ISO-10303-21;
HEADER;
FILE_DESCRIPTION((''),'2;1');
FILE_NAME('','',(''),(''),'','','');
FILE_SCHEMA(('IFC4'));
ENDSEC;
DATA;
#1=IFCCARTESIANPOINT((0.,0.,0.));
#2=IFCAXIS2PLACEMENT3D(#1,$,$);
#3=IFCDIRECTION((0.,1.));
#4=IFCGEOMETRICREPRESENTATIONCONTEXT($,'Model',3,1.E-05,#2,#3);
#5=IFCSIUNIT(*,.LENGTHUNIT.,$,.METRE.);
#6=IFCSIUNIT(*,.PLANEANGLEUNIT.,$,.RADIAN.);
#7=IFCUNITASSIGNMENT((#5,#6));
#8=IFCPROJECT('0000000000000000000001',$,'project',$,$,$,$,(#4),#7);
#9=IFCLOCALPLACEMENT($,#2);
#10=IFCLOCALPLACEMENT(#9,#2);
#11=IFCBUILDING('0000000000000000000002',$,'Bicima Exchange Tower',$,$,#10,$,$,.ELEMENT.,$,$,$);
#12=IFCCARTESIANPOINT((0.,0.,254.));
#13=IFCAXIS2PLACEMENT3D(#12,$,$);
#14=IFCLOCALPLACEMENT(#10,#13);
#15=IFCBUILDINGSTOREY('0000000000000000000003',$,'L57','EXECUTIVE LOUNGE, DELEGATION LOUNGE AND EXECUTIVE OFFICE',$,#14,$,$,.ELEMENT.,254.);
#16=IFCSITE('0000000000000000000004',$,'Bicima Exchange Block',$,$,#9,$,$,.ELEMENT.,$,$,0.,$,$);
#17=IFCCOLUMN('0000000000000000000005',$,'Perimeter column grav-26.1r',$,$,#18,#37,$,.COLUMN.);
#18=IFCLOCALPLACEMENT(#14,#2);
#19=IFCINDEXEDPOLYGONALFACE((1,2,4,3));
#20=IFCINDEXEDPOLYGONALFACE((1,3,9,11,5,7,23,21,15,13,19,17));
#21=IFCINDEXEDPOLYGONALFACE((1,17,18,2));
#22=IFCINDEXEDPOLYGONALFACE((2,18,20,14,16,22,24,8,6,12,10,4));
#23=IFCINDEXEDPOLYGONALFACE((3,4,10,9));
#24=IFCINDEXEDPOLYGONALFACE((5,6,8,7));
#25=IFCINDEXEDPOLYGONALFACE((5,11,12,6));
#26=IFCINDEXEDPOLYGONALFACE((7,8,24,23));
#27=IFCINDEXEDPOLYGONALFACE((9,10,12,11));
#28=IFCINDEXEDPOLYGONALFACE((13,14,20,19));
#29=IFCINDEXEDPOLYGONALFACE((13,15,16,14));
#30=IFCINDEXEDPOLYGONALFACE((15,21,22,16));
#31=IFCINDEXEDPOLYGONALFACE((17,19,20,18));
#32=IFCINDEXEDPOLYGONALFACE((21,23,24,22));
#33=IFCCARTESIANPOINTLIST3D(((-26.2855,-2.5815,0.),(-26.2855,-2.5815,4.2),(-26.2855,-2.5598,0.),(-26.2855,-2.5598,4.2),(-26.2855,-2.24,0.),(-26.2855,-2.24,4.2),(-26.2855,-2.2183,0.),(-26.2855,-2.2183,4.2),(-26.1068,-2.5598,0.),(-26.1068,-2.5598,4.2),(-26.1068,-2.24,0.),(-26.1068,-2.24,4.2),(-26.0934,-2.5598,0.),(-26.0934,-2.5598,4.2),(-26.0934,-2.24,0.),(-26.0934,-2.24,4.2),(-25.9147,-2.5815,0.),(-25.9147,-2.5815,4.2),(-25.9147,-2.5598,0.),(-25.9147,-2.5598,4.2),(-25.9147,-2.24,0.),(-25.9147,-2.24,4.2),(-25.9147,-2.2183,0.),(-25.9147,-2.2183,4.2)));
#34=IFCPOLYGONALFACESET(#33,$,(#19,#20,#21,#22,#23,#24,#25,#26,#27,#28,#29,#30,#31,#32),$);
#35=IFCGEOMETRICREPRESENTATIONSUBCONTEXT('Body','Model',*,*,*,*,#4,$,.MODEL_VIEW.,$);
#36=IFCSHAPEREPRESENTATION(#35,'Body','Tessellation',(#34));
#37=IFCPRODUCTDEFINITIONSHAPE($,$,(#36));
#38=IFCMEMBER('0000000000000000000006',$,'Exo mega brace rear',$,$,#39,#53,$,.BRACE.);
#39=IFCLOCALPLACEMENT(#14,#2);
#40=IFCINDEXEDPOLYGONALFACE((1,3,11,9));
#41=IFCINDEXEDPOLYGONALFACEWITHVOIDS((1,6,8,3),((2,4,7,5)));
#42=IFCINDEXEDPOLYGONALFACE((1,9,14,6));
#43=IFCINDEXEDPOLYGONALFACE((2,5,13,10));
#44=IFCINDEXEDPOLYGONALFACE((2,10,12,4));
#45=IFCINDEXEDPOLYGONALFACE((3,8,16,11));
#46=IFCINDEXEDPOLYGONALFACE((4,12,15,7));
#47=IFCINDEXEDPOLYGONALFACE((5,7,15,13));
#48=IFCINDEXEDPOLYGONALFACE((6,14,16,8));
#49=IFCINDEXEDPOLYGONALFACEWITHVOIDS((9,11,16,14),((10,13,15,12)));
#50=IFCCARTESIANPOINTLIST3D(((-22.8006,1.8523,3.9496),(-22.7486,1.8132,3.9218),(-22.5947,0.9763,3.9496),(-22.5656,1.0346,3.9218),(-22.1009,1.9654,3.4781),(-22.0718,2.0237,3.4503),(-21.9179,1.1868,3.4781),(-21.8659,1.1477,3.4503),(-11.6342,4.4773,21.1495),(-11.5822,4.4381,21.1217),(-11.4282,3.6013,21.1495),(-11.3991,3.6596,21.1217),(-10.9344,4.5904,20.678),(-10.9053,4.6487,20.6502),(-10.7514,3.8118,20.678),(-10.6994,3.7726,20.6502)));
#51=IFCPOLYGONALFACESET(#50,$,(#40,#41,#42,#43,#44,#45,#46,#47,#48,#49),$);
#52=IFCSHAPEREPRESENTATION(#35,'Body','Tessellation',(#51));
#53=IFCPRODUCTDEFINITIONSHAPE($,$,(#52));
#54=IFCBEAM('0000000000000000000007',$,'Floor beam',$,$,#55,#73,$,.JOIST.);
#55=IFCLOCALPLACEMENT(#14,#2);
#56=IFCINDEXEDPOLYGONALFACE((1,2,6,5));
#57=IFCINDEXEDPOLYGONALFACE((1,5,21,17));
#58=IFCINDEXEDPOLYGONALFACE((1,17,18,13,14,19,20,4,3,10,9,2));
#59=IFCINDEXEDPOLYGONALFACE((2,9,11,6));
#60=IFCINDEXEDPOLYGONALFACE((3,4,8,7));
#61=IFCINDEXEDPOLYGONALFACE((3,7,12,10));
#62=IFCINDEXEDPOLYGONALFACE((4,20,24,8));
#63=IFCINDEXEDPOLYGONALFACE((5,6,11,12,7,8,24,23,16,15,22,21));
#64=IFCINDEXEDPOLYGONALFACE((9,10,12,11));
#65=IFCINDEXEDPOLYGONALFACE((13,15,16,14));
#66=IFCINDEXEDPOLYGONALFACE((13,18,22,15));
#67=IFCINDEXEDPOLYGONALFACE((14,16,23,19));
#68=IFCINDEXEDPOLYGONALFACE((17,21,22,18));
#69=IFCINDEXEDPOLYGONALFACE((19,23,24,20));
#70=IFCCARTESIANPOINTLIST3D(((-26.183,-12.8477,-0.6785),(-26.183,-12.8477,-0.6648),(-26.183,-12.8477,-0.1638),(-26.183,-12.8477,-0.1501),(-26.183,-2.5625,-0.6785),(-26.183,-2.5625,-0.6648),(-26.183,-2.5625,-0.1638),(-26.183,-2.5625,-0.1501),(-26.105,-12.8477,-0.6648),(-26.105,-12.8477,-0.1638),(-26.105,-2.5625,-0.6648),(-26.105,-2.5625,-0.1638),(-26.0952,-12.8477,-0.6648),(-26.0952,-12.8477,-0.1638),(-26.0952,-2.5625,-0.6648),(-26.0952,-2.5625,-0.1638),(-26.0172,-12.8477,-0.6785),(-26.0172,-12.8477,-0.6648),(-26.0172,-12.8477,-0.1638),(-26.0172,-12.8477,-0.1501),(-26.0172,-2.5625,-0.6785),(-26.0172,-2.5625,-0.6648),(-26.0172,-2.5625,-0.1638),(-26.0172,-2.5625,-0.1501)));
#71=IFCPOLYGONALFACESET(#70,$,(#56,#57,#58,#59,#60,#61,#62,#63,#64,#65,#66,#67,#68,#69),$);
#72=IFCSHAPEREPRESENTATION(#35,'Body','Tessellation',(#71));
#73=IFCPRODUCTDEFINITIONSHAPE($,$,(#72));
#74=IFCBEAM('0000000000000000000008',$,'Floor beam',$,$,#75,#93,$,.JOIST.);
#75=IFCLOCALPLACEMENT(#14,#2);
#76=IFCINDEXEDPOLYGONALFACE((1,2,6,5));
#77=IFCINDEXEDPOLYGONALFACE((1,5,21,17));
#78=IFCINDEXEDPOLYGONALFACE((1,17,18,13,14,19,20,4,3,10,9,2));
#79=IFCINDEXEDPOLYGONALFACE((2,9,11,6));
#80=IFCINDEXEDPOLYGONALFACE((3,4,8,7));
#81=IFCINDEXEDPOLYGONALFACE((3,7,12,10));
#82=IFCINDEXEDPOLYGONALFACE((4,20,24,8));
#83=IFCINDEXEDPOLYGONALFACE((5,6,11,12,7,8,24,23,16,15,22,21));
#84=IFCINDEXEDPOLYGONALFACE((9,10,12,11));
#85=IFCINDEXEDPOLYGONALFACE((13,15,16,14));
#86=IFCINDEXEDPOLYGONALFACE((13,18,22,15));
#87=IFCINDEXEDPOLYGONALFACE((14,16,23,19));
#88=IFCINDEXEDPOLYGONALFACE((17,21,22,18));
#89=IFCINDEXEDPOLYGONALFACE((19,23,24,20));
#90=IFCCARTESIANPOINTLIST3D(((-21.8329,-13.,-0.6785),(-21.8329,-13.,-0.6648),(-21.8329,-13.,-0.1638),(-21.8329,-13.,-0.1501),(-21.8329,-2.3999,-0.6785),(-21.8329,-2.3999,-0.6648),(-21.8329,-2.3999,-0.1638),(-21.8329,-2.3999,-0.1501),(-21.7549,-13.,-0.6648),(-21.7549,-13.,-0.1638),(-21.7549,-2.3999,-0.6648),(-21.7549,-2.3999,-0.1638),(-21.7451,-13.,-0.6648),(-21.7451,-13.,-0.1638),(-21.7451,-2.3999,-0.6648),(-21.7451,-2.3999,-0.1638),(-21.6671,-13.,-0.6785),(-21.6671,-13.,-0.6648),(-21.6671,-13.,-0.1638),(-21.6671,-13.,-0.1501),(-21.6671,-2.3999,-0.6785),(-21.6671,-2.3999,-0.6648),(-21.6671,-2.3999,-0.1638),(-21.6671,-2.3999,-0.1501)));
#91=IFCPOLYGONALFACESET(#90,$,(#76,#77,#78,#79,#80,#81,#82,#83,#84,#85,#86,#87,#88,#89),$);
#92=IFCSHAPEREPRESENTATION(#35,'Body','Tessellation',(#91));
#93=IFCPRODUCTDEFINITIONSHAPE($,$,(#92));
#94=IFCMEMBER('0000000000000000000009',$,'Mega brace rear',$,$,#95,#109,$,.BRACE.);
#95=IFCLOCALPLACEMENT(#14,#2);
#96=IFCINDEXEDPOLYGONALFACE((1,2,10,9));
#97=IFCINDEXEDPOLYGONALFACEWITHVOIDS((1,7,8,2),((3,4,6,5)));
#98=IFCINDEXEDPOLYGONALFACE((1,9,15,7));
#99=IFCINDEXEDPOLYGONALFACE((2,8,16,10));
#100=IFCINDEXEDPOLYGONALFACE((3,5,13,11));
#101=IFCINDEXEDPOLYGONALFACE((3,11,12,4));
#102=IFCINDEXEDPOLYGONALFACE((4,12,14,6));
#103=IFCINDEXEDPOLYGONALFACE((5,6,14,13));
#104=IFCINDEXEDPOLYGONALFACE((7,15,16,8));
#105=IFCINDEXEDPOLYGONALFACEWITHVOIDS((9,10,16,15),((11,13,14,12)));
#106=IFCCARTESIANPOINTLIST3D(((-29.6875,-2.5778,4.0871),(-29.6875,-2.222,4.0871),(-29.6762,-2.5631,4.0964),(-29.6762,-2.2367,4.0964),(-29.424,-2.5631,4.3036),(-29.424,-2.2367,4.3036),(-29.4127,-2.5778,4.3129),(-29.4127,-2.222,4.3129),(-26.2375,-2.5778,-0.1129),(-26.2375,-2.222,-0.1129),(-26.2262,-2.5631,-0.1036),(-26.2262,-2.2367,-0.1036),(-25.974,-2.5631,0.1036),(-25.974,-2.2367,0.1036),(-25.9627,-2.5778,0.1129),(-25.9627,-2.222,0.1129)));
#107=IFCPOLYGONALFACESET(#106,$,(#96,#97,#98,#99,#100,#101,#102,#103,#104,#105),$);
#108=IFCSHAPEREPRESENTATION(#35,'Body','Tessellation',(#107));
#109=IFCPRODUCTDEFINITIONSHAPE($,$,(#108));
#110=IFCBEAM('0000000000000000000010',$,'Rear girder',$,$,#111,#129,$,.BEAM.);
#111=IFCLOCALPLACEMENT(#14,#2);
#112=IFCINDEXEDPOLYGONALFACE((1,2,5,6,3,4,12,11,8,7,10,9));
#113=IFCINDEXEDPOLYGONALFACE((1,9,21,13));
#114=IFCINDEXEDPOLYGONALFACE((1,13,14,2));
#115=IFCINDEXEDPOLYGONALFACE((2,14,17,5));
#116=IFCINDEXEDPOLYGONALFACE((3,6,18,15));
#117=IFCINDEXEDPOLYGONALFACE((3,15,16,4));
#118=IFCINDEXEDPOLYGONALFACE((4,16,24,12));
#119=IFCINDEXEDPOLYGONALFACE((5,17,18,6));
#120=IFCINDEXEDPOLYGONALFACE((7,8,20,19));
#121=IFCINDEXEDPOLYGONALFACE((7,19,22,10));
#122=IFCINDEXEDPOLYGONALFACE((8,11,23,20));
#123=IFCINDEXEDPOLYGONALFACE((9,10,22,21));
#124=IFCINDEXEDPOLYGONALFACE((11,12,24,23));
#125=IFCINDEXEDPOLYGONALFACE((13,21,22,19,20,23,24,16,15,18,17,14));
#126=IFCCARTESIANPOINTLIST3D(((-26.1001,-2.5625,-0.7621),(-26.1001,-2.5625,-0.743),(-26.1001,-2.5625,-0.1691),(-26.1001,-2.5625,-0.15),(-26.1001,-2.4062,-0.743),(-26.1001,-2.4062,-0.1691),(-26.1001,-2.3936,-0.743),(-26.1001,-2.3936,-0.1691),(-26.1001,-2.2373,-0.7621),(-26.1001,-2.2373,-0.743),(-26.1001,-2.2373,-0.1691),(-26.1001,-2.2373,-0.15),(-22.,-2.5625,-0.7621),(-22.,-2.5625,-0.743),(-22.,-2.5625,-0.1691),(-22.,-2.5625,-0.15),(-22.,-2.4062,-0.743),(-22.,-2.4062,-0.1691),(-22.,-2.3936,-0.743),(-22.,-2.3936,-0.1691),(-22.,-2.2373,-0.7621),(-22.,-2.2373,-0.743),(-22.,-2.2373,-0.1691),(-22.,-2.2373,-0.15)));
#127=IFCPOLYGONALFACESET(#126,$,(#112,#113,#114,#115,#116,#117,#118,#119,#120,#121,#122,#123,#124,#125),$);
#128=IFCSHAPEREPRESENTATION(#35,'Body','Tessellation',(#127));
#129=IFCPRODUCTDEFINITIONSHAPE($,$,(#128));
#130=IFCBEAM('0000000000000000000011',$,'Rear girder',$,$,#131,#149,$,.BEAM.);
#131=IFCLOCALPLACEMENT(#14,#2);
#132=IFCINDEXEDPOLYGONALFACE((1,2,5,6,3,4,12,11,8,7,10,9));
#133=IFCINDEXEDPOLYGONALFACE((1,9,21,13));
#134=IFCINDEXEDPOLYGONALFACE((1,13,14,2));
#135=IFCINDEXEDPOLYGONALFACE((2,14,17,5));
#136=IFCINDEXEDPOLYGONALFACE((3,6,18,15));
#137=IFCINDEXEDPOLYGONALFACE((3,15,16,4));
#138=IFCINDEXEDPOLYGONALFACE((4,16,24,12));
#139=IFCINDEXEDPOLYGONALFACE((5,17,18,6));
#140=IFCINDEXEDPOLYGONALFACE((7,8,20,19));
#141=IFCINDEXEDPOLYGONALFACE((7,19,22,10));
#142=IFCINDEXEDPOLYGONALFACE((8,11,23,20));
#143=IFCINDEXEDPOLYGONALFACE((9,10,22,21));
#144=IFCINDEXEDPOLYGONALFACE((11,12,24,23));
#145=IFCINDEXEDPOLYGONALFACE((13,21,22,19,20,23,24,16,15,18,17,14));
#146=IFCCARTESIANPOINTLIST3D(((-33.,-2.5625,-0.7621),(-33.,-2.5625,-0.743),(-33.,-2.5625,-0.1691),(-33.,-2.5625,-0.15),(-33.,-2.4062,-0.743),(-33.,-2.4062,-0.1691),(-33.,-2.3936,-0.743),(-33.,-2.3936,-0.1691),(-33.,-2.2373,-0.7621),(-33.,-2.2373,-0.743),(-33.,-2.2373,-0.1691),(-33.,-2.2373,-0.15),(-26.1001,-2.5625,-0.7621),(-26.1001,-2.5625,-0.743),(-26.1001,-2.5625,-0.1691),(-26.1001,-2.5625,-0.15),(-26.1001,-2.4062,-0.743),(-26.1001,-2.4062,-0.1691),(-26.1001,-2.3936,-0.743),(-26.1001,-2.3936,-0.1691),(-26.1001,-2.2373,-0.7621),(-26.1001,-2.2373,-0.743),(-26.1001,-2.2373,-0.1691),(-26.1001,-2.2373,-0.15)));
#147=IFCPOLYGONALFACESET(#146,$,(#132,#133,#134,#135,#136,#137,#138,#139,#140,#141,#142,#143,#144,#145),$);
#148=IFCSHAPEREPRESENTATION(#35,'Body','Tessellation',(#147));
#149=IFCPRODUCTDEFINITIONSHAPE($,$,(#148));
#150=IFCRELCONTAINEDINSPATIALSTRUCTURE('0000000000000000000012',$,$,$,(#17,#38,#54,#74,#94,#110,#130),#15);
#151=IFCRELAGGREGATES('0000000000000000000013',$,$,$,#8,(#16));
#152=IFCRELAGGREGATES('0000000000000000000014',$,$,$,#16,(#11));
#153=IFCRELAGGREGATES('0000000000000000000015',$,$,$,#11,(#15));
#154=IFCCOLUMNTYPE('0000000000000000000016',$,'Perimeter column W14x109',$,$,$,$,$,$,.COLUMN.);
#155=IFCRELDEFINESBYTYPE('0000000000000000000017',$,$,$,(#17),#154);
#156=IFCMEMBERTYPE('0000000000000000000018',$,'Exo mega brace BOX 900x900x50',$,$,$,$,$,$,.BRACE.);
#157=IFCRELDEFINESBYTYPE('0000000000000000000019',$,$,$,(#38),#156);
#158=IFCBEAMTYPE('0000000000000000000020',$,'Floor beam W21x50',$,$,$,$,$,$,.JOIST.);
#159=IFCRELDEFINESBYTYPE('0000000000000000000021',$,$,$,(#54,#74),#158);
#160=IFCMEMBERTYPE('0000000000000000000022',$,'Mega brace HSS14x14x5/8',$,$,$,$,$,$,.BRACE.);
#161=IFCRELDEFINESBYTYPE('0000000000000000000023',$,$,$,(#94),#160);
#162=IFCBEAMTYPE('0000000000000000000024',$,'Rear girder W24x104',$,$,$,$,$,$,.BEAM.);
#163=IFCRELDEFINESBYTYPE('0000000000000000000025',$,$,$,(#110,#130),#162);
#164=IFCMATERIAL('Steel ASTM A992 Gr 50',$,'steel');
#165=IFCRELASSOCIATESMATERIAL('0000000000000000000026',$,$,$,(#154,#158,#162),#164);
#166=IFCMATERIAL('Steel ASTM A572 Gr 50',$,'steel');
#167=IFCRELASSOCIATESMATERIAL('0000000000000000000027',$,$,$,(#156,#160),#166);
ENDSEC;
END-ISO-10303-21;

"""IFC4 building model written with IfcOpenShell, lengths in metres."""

from ifc_helpers import new_model, si_unit, direction, frame, origin, origin_2d, place, context, subcontext, project, spatial, hollow_rectangle, i_section, extrude, material, material_profile, profile_set, type_object, element, save


model = new_model("IFC4")

# Units and contexts
model_context = context("Model", 3, precision=1e-05, world=origin(), true_north=direction((0.0, 1.0)))
body_context = subcontext(model_context, "Body", "Model", "MODEL_VIEW")
ifc_project = project(units=[si_unit("LENGTHUNIT", "METRE"), si_unit("PLANEANGLEUNIT", "RADIAN")], contexts=[model_context])

# Site, building, storey
site_placement = place(None, origin())
site = spatial("IfcSite", under=ifc_project, at=site_placement, Name="Bicima Exchange Block", CompositionType="ELEMENT", RefElevation=0.0)
building_placement = place(site_placement, origin())
building = spatial("IfcBuilding", under=site, at=building_placement, Name="Bicima Exchange Tower", CompositionType="ELEMENT")
storey_placement = place(building_placement, frame((0.0, 0.0, 254.0)))
storey = spatial("IfcBuildingStorey", under=building, at=storey_placement, Name="L57", Description="EXECUTIVE LOUNGE, DELEGATION LOUNGE AND EXECUTIVE OFFICE", CompositionType="ELEMENT", Elevation=254.0)

# Column
ifc_material_1 = material(Name="Steel ASTM A992 Gr 50", Category="steel")
ifc_material_profile_1 = material_profile(ifc_material_1, i_section(OverallWidth=0.3708, OverallDepth=0.3633, WebThickness=0.0134, FlangeThickness=0.0217, at=origin_2d()))
ifc_profile_set_1 = profile_set([ifc_material_profile_1], Name="Steel ASTM A992 Gr 50")
column_type = type_object("IfcColumnType", Name="Perimeter column W14x109", PredefinedType="COLUMN", material=ifc_profile_set_1)
column_placement = place(storey_placement, frame((-26.1001, -2.3999, 0.0), z_axis=(0.0, 0.0, 1.0), x_axis=(1.0, 0.0, 0.0)))
element("IfcColumn", 1, at=column_placement, inside=storey, type_object=column_type, Name="Perimeter column grav-26.1r", PredefinedType="COLUMN", context=body_context, shape_type="SweptSolid", body=[
    extrude(i_section(OverallWidth=0.3708, OverallDepth=0.3633, WebThickness=0.0134, FlangeThickness=0.0217, at=origin_2d()), origin(), (0.0, 0.0, 1.0), 4.2),
])

# Member
ifc_material_2 = material(Name="Steel ASTM A572 Gr 50", Category="steel")
ifc_material_profile_2 = material_profile(ifc_material_2, hollow_rectangle(XDim=0.8999, YDim=0.8999, WallThickness=0.05, at=origin_2d()))
ifc_profile_set_2 = profile_set([ifc_material_profile_2], Name="Steel ASTM A572 Gr 50")
member_type_1 = type_object("IfcMemberType", Name="Exo mega brace BOX 900x900x50", PredefinedType="BRACE", material=ifc_profile_set_2)
member_1_placement = place(storey_placement, frame((-22.3333, 1.5, 3.7), z_axis=(0.54012, 0.12697, 0.831955), x_axis=(-0.22884, 0.973464, 0.0)))
element("IfcMember", 2, at=member_1_placement, inside=storey, type_object=member_type_1, Name="Exo mega brace rear", PredefinedType="BRACE", context=body_context, shape_type="SweptSolid", body=[
    extrude(hollow_rectangle(XDim=0.8999, YDim=0.8999, WallThickness=0.05, at=origin_2d()), origin(), (0.0, 0.0, 1.0), 20.6741),
])

# Beams
ifc_material_profile_3 = material_profile(ifc_material_1, i_section(OverallWidth=0.1658, OverallDepth=0.5283, WebThickness=0.0098, FlangeThickness=0.0137, at=origin_2d()))
ifc_profile_set_3 = profile_set([ifc_material_profile_3], Name="Steel ASTM A992 Gr 50")
beam_type_1 = type_object("IfcBeamType", Name="Floor beam W21x50", PredefinedType="JOIST", material=ifc_profile_set_3)
beam_1_placement = place(storey_placement, frame((-26.1001, -2.5625, -0.4143), z_axis=(0.0, -1.0, 0.0), x_axis=(1.0, 0.0, 0.0)))
element("IfcBeam", 3, at=beam_1_placement, inside=storey, type_object=beam_type_1, Name="Floor beam", PredefinedType="JOIST", context=body_context, shape_type="SweptSolid", body=[
    extrude(i_section(OverallWidth=0.1658, OverallDepth=0.5283, WebThickness=0.0098, FlangeThickness=0.0137, at=origin_2d()), origin(), (0.0, 0.0, 1.0), 10.2852),
])
beam_2_placement = place(storey_placement, frame((-21.75, -2.3999, -0.4143), z_axis=(0.0, -1.0, 0.0), x_axis=(1.0, 0.0, 0.0)))
element("IfcBeam", 4, at=beam_2_placement, inside=storey, type_object=beam_type_1, Name="Floor beam", PredefinedType="JOIST", context=body_context, shape_type="SweptSolid", body=[
    extrude(i_section(OverallWidth=0.1658, OverallDepth=0.5283, WebThickness=0.0098, FlangeThickness=0.0137, at=origin_2d()), origin(), (0.0, 0.0, 1.0), 10.6001),
])

# Member
ifc_material_profile_4 = material_profile(ifc_material_2, hollow_rectangle(XDim=0.3557, YDim=0.3557, WallThickness=0.0146, at=origin_2d()))
ifc_profile_set_4 = profile_set([ifc_material_profile_4], Name="Steel ASTM A572 Gr 50")
member_type_2 = type_object("IfcMemberType", Name="Mega brace HSS14x14x5/8", PredefinedType="BRACE", material=ifc_profile_set_4)
member_2_placement = place(storey_placement, frame((-26.1001, -2.3999, 0.0), z_axis=(-0.634738, 0.0, 0.772727), x_axis=(0.0, -1.0, 0.0)))
element("IfcMember", 5, at=member_2_placement, inside=storey, type_object=member_type_2, Name="Mega brace rear", PredefinedType="BRACE", context=body_context, shape_type="SweptSolid", body=[
    extrude(hollow_rectangle(XDim=0.3557, YDim=0.3557, WallThickness=0.0146, at=origin_2d()), origin(), (0.0, 0.0, 1.0), 5.4353),
])

# Beams
ifc_material_profile_5 = material_profile(ifc_material_1, i_section(OverallWidth=0.3252, OverallDepth=0.6121, WebThickness=0.0127, FlangeThickness=0.019, at=origin_2d()))
ifc_profile_set_5 = profile_set([ifc_material_profile_5], Name="Steel ASTM A992 Gr 50")
beam_type_2 = type_object("IfcBeamType", Name="Rear girder W24x104", PredefinedType="BEAM", material=ifc_profile_set_5)
beam_3_placement = place(storey_placement, frame((-22.0, -2.3999, -0.4561), z_axis=(-1.0, 0.0, 0.0), x_axis=(0.0, -1.0, 0.0)))
element("IfcBeam", 6, at=beam_3_placement, inside=storey, type_object=beam_type_2, Name="Rear girder", PredefinedType="BEAM", context=body_context, shape_type="SweptSolid", body=[
    extrude(i_section(OverallWidth=0.3252, OverallDepth=0.6121, WebThickness=0.0127, FlangeThickness=0.019, at=origin_2d()), origin(), (0.0, 0.0, 1.0), 4.1001),
])
beam_4_placement = place(storey_placement, frame((-26.1001, -2.3999, -0.4561), z_axis=(-1.0, 0.0, 0.0), x_axis=(0.0, -1.0, 0.0)))
element("IfcBeam", 7, at=beam_4_placement, inside=storey, type_object=beam_type_2, Name="Rear girder", PredefinedType="BEAM", context=body_context, shape_type="SweptSolid", body=[
    extrude(i_section(OverallWidth=0.3252, OverallDepth=0.6121, WebThickness=0.0127, FlangeThickness=0.019, at=origin_2d()), origin(), (0.0, 0.0, 1.0), 6.8999),
])

save(model, "model.ifc")
